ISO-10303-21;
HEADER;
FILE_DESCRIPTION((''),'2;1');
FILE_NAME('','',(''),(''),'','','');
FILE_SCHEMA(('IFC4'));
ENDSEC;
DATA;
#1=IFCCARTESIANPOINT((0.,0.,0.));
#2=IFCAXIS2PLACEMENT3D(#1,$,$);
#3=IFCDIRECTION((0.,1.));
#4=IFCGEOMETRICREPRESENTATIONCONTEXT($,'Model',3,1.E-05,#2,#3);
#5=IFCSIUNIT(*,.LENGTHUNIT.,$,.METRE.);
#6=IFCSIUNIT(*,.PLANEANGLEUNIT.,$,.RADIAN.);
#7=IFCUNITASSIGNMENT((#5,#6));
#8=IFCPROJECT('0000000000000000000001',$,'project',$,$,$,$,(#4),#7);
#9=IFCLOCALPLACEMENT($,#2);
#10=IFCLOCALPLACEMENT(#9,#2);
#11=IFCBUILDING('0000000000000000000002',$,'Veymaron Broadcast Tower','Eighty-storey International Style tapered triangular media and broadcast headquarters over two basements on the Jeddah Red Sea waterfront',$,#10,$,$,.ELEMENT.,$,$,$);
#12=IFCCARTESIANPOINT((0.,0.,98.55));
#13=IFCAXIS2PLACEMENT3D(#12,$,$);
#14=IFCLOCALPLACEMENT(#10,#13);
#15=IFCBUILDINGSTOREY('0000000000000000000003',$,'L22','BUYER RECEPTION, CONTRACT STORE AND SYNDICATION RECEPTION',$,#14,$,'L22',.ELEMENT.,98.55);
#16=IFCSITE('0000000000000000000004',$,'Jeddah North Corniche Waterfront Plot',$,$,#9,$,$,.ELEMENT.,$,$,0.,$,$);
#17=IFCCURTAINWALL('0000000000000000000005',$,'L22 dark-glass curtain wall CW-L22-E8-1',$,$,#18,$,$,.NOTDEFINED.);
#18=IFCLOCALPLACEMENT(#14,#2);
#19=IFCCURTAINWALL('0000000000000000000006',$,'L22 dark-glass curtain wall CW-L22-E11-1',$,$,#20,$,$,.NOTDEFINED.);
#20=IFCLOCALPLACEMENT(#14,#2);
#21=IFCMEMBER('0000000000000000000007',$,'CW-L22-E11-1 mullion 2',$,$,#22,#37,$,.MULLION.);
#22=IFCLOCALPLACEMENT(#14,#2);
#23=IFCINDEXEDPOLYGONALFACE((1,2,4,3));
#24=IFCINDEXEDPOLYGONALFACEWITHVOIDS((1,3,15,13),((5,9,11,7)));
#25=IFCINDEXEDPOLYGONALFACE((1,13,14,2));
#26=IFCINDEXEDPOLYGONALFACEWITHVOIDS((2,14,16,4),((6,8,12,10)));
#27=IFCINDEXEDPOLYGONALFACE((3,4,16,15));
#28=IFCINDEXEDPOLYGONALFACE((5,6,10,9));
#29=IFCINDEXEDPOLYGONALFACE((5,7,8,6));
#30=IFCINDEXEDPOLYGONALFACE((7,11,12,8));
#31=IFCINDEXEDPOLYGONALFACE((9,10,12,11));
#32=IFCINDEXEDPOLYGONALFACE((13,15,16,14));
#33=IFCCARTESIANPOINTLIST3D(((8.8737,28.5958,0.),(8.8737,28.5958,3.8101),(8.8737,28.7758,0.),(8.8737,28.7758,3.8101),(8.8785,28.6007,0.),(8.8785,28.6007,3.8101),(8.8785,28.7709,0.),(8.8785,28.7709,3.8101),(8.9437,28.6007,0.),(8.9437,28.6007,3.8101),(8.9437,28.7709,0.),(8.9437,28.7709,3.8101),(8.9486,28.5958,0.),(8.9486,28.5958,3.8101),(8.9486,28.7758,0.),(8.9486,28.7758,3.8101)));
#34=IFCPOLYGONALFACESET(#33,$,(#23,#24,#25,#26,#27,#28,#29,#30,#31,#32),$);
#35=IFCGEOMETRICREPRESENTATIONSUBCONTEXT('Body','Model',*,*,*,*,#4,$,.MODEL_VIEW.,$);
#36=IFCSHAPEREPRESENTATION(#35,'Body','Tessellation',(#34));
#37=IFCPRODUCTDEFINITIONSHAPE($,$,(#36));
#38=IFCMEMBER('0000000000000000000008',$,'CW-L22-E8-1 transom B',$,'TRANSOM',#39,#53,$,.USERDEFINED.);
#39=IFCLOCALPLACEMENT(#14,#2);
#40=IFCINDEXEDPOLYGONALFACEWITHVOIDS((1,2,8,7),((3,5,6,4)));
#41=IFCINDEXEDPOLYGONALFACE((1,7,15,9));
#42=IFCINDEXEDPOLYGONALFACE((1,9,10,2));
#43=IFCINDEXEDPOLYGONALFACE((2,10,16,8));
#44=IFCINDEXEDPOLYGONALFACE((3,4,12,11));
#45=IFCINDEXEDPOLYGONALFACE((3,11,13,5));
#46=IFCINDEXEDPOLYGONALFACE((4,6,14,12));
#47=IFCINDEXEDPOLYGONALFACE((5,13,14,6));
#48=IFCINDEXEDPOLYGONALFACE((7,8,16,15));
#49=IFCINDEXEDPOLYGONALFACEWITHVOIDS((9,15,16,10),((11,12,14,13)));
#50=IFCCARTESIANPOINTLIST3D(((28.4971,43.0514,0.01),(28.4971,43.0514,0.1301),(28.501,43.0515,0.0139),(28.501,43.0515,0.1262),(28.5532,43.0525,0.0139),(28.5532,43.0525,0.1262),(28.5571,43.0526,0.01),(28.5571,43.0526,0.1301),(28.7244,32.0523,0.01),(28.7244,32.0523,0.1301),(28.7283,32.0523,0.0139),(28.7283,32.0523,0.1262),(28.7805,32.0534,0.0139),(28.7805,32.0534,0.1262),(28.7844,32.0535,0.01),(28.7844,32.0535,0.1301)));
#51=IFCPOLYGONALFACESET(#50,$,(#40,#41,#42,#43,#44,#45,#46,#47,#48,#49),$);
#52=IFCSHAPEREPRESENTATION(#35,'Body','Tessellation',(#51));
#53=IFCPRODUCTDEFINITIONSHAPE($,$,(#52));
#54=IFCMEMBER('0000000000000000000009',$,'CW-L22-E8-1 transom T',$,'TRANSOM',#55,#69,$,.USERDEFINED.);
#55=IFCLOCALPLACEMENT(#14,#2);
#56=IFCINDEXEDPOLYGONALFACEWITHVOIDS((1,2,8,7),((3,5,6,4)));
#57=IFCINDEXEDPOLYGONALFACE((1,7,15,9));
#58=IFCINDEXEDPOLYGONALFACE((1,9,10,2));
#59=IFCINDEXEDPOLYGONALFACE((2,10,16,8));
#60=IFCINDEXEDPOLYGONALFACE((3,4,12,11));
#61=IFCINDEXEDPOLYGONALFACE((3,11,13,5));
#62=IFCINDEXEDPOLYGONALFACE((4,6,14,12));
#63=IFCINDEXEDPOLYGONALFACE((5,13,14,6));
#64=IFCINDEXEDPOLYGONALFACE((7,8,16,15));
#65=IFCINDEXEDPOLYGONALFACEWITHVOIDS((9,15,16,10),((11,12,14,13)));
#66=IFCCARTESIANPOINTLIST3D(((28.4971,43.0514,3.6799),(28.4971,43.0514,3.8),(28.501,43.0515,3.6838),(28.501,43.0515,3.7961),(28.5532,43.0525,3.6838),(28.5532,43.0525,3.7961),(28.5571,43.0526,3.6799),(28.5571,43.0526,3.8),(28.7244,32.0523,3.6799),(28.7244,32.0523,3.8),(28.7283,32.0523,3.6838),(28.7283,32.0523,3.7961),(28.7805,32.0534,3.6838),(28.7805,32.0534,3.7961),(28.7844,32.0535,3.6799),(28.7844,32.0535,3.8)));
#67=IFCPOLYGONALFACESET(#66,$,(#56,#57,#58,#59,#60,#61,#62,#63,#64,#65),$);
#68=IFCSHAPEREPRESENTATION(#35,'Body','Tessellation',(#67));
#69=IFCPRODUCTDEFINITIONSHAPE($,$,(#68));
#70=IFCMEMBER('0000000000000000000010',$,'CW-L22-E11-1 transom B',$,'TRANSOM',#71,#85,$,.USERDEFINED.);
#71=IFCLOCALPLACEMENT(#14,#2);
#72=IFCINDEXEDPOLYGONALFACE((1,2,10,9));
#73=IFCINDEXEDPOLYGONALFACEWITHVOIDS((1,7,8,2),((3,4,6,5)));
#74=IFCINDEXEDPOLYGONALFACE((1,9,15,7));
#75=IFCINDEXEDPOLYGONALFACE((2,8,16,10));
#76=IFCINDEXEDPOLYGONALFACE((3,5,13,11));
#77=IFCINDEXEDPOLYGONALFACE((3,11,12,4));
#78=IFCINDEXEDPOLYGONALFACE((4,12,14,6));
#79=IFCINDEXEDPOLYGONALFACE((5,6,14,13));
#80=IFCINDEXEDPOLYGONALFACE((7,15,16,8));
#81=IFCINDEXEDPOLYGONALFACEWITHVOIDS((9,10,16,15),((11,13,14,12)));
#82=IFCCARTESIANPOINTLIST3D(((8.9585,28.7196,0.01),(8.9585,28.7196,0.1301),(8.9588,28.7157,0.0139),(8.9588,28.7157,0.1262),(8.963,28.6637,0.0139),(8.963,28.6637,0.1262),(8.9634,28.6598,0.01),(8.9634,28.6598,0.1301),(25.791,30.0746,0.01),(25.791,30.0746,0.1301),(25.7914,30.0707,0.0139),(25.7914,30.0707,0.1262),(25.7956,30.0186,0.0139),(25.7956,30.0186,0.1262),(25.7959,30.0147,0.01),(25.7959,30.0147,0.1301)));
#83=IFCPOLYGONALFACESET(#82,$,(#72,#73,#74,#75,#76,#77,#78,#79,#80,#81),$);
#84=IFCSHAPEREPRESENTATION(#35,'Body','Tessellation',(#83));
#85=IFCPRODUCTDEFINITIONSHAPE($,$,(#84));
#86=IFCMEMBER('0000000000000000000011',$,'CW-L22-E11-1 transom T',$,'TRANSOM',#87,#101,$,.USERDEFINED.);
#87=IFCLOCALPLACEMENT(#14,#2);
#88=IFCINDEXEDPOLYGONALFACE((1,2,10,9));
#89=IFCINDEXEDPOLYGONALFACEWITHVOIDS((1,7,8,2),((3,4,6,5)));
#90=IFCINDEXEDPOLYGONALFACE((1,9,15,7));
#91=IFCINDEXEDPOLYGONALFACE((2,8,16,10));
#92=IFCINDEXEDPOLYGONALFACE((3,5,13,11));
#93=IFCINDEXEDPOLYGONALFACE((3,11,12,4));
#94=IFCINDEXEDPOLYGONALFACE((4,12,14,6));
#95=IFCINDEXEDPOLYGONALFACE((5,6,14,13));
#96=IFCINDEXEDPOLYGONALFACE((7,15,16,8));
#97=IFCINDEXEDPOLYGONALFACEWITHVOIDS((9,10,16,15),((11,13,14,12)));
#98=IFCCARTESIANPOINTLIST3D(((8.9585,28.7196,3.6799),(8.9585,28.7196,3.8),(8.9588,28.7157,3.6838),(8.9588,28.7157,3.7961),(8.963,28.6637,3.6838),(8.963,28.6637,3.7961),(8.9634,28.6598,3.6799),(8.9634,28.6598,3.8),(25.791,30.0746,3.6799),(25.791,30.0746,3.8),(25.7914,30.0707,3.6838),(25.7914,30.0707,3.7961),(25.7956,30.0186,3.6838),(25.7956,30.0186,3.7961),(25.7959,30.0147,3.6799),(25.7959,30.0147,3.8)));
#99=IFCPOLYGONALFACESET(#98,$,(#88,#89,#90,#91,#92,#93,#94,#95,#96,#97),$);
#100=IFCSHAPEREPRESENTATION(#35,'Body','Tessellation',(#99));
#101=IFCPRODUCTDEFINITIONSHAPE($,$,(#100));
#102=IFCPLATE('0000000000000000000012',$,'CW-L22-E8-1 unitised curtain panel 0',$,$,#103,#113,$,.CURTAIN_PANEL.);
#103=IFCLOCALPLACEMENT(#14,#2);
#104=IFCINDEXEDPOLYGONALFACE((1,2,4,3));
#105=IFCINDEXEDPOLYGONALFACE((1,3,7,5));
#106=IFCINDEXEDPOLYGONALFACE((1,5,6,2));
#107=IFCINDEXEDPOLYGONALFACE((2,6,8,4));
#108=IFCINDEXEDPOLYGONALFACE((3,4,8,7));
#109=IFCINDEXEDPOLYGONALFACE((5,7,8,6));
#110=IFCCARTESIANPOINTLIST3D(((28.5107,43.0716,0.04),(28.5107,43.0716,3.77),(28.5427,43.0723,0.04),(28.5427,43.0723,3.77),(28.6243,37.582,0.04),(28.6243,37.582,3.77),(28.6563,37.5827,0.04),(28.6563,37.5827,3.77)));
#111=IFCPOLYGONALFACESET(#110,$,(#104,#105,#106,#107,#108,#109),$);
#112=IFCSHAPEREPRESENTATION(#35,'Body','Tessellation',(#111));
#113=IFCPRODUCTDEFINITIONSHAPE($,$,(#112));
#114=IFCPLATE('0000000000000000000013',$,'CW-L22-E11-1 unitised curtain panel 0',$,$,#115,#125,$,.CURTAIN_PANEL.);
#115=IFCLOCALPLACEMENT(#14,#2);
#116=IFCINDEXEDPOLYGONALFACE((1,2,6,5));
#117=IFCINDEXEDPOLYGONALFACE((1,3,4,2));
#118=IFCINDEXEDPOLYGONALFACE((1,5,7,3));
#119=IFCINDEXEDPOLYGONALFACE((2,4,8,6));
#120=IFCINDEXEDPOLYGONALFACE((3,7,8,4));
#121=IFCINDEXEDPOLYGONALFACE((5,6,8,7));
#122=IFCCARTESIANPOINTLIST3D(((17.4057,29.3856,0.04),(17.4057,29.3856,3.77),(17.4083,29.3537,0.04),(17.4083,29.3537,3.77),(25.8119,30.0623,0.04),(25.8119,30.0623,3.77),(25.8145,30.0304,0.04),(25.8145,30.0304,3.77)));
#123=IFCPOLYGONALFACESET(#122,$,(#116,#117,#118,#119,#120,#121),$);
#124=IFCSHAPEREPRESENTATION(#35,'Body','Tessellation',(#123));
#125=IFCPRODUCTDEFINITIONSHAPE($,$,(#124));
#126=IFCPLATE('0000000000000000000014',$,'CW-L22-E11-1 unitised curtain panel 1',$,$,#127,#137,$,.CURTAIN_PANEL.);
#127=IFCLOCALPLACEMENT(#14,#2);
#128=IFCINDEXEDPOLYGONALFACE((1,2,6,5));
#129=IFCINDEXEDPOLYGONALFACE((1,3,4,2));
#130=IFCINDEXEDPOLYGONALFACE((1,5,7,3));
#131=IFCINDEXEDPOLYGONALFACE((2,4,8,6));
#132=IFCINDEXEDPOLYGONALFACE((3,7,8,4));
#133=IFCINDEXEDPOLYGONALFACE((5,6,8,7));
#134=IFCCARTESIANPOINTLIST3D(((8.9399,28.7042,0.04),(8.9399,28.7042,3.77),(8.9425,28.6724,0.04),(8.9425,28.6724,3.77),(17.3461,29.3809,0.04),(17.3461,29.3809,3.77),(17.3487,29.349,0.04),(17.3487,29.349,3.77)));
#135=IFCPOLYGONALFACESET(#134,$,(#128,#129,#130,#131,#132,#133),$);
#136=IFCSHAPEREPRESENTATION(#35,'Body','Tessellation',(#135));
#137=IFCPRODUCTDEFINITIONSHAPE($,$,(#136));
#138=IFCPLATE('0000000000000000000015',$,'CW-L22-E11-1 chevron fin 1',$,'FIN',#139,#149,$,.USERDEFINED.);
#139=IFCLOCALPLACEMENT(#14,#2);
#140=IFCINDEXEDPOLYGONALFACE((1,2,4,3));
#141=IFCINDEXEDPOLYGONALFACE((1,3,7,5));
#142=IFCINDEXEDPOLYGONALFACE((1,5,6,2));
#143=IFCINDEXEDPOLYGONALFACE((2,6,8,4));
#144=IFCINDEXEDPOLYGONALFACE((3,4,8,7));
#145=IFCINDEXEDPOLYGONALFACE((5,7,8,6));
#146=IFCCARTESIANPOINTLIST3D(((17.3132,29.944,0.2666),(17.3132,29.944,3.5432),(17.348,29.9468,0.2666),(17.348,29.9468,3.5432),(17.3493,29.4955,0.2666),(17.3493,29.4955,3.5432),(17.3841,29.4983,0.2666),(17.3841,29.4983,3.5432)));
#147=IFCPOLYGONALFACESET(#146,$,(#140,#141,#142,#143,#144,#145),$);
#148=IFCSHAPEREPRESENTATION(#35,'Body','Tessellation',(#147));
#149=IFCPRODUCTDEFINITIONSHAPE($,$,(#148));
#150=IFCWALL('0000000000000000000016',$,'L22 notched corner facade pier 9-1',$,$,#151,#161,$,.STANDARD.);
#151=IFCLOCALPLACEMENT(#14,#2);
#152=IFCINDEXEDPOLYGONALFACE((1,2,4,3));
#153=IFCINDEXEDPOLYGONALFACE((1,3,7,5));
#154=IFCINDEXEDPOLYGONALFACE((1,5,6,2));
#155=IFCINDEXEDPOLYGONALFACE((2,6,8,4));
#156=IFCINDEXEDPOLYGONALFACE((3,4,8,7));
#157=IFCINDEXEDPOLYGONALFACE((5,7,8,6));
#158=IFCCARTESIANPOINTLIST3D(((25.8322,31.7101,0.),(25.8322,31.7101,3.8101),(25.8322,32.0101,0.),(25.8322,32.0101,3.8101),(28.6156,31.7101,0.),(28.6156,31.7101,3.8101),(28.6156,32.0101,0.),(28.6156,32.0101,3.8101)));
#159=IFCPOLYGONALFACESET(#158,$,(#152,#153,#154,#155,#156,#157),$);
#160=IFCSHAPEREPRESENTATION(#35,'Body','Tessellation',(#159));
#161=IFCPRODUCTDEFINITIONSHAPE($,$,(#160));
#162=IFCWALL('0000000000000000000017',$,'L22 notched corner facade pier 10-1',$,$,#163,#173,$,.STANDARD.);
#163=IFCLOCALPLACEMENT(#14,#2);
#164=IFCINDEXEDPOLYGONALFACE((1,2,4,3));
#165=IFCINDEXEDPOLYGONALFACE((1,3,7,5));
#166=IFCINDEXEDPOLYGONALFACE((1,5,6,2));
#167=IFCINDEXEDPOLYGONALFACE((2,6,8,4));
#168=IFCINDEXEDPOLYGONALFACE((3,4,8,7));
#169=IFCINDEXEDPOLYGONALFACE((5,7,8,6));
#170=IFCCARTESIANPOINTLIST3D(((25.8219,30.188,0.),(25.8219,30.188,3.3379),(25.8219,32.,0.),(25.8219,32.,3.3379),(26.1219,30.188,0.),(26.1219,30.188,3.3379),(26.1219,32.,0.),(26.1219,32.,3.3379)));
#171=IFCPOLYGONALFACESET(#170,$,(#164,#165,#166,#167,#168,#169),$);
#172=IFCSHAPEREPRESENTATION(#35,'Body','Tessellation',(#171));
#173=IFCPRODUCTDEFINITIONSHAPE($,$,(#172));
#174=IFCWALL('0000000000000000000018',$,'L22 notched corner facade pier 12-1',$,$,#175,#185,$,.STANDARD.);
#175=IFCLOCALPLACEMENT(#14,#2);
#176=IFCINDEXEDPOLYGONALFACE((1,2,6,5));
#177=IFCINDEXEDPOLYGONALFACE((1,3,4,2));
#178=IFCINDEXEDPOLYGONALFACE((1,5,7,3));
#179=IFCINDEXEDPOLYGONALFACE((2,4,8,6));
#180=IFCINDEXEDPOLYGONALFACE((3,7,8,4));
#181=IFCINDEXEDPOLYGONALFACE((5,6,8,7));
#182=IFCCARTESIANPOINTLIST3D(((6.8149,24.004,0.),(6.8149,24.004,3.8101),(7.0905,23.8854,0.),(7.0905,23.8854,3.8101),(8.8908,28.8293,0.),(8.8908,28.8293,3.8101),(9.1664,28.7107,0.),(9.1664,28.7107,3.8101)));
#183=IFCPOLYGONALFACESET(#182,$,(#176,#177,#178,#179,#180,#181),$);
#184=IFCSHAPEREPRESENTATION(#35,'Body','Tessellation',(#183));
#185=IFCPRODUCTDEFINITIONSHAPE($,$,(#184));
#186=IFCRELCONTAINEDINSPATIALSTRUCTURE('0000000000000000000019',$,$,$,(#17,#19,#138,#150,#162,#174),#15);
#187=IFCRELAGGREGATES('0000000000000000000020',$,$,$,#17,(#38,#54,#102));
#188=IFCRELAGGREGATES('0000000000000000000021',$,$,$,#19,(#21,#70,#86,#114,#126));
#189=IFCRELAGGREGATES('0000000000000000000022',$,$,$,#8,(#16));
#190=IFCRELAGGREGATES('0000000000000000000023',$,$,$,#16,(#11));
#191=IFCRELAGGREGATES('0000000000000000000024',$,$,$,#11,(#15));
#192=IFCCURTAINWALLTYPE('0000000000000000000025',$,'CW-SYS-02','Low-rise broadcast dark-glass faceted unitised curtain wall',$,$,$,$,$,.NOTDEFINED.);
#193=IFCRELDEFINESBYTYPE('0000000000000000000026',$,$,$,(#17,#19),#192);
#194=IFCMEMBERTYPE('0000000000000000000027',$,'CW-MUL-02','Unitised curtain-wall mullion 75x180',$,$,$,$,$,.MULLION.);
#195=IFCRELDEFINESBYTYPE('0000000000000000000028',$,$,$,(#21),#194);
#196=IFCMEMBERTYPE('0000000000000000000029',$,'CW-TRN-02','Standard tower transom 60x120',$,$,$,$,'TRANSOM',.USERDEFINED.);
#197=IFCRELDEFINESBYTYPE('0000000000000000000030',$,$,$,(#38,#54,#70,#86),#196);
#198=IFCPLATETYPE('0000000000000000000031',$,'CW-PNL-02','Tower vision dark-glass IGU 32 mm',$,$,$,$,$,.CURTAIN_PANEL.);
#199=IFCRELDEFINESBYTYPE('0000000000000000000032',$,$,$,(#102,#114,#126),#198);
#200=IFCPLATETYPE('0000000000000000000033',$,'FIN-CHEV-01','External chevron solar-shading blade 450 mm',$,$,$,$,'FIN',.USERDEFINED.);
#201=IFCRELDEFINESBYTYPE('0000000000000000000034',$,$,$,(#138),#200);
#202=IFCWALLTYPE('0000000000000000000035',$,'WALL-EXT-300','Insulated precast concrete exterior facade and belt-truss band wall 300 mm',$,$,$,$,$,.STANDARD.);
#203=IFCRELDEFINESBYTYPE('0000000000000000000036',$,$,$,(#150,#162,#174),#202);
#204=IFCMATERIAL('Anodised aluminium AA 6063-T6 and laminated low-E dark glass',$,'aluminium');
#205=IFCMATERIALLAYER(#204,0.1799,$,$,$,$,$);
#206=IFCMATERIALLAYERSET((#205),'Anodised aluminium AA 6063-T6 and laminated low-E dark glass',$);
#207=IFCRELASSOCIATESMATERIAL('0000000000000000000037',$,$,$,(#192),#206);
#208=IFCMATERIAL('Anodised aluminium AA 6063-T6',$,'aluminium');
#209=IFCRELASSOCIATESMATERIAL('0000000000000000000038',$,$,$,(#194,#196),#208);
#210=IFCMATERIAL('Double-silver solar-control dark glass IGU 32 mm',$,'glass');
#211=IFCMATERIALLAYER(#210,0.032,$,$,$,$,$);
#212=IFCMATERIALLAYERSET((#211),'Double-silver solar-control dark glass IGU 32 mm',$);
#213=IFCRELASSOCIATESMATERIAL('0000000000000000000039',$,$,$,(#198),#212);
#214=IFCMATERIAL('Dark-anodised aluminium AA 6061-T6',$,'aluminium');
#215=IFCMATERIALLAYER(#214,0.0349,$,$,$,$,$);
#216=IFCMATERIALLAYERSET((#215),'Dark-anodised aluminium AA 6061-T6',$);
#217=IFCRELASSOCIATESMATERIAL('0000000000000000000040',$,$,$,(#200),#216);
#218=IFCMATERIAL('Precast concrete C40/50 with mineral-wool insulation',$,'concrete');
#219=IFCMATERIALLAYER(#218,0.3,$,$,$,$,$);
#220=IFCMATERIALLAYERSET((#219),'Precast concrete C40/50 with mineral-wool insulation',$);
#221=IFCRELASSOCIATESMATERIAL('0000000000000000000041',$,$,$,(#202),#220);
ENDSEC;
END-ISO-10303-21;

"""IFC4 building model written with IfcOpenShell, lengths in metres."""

from ifc_helpers import new_model, si_unit, direction, frame, frame_2d, origin, origin_2d, place, context, subcontext, project, spatial, rectangle, hollow_rectangle, extrude, material, layer, layer_set, material_profile, profile_set, type_object, element, aggregate, save


model = new_model("IFC4")

# Units and contexts
model_context = context("Model", 3, precision=1e-05, world=origin(), true_north=direction((0.0, 1.0)))
body_context = subcontext(model_context, "Body", "Model", "MODEL_VIEW")
ifc_project = project(units=[si_unit("LENGTHUNIT", "METRE"), si_unit("PLANEANGLEUNIT", "RADIAN")], contexts=[model_context])

# Site, building, storey
site_placement = place(None, origin())
site = spatial("IfcSite", under=ifc_project, at=site_placement, Name="Jeddah North Corniche Waterfront Plot", CompositionType="ELEMENT", RefElevation=0.0)
building_placement = place(site_placement, origin())
building = spatial("IfcBuilding", under=site, at=building_placement, Name="Veymaron Broadcast Tower", Description="Eighty-storey International Style tapered triangular media and broadcast headquarters over two basements on the Jeddah Red Sea waterfront", CompositionType="ELEMENT")
storey_placement = place(building_placement, frame((0.0, 0.0, 98.55)))
storey = spatial("IfcBuildingStorey", under=building, at=storey_placement, Name="L22", Description="BUYER RECEPTION, CONTRACT STORE AND SYNDICATION RECEPTION", LongName="L22", CompositionType="ELEMENT", Elevation=98.55)

# Curtain wall
ifc_material_1 = material(Name="Anodised aluminium AA 6063-T6 and laminated low-E dark glass", Category="aluminium")
ifc_layer_1 = layer(ifc_material_1, 0.1799)
ifc_layer_set_1 = layer_set([ifc_layer_1], Name="Anodised aluminium AA 6063-T6 and laminated low-E dark glass")
curtain_wall_type = type_object("IfcCurtainWallType", Name="CW-SYS-02", Description="Low-rise broadcast dark-glass faceted unitised curtain wall", PredefinedType="NOTDEFINED", material=ifc_layer_set_1)
curtain_wall_1_placement = place(storey_placement, origin())
curtain_wall_1 = element("IfcCurtainWall", 1, at=curtain_wall_1_placement, inside=storey, type_object=curtain_wall_type, Name="L22 dark-glass curtain wall CW-L22-E8-1", PredefinedType="NOTDEFINED")
ifc_material_2 = material(Name="Anodised aluminium AA 6063-T6", Category="aluminium")
ifc_material_profile_1 = material_profile(ifc_material_2, hollow_rectangle(XDim=0.075, YDim=0.1799, WallThickness=0.0049, at=origin_2d()), Name="AL180X75X5")
ifc_profile_set_1 = profile_set([ifc_material_profile_1], Name="Anodised aluminium AA 6063-T6")
member_type_1 = type_object("IfcMemberType", Name="CW-MUL-02", Description="Unitised curtain-wall mullion 75x180", PredefinedType="MULLION", material=ifc_profile_set_1)

# Curtain wall, member
curtain_wall_2_placement = place(storey_placement, origin())
curtain_wall_2 = element("IfcCurtainWall", 2, at=curtain_wall_2_placement, inside=storey, type_object=curtain_wall_type, Name="L22 dark-glass curtain wall CW-L22-E11-1", PredefinedType="NOTDEFINED")
member_1_placement = place(storey_placement, frame((8.9111, 28.6858, 0.0), z_axis=(0.0, 0.0, 1.0), x_axis=(1.0, 0.0, 0.0)))
member_1 = element("IfcMember", 3, at=member_1_placement, type_object=member_type_1, Name="CW-L22-E11-1 mullion 2", PredefinedType="MULLION", context=body_context, shape_type="SweptSolid", body=[
    extrude(hollow_rectangle(XDim=0.075, YDim=0.1799, WallThickness=0.0049, at=origin_2d()), origin(), (0.0, 0.0, 1.0), 3.8101),
])

# Members
ifc_material_profile_2 = material_profile(ifc_material_2, hollow_rectangle(XDim=0.0601, YDim=0.1201, WallThickness=0.0039, at=origin_2d()), Name="AL120X60X4")
ifc_profile_set_2 = profile_set([ifc_material_profile_2], Name="Anodised aluminium AA 6063-T6")
member_type_2 = type_object("IfcMemberType", Name="CW-TRN-02", Description="Standard tower transom 60x120", ElementType="TRANSOM", PredefinedType="USERDEFINED", material=ifc_profile_set_2)
member_2_placement = place(storey_placement, frame((28.5271, 43.052, 0.0701), z_axis=(0.020661, -0.999787, 0.0), x_axis=(0.999787, 0.020661, 0.0)))
member_2 = element("IfcMember", 4, at=member_2_placement, type_object=member_type_2, Name="CW-L22-E8-1 transom B", ObjectType="TRANSOM", PredefinedType="USERDEFINED", context=body_context, shape_type="SweptSolid", body=[
    extrude(hollow_rectangle(XDim=0.0601, YDim=0.1201, WallThickness=0.0039, at=origin_2d()), origin(), (0.0, 0.0, 1.0), 11.0015),
])
member_3_placement = place(storey_placement, frame((28.5271, 43.052, 3.74), z_axis=(0.020661, -0.999787, 0.0), x_axis=(0.999787, 0.020661, 0.0)))
member_3 = element("IfcMember", 5, at=member_3_placement, type_object=member_type_2, Name="CW-L22-E8-1 transom T", ObjectType="TRANSOM", PredefinedType="USERDEFINED", context=body_context, shape_type="SweptSolid", body=[
    extrude(hollow_rectangle(XDim=0.0601, YDim=0.1201, WallThickness=0.0039, at=origin_2d()), origin(), (0.0, 0.0, 1.0), 11.0015),
])
member_4_placement = place(storey_placement, frame((25.7935, 30.0447, 0.0701), z_axis=(-0.996776, -0.080238, 0.0), x_axis=(0.080238, -0.996776, 0.0)))
member_4 = element("IfcMember", 6, at=member_4_placement, type_object=member_type_2, Name="CW-L22-E11-1 transom B", ObjectType="TRANSOM", PredefinedType="USERDEFINED", context=body_context, shape_type="SweptSolid", body=[
    extrude(hollow_rectangle(XDim=0.0601, YDim=0.1201, WallThickness=0.0039, at=origin_2d()), origin(), (0.0, 0.0, 1.0), 16.887),
])
member_5_placement = place(storey_placement, frame((25.7935, 30.0447, 3.74), z_axis=(-0.996776, -0.080238, 0.0), x_axis=(0.080238, -0.996776, 0.0)))
member_5 = element("IfcMember", 7, at=member_5_placement, type_object=member_type_2, Name="CW-L22-E11-1 transom T", ObjectType="TRANSOM", PredefinedType="USERDEFINED", context=body_context, shape_type="SweptSolid", body=[
    extrude(hollow_rectangle(XDim=0.0601, YDim=0.1201, WallThickness=0.0039, at=origin_2d()), origin(), (0.0, 0.0, 1.0), 16.887),
])

# Plates
ifc_material_3 = material(Name="Double-silver solar-control dark glass IGU 32 mm", Category="glass")
ifc_layer_2 = layer(ifc_material_3, 0.032)
ifc_layer_set_2 = layer_set([ifc_layer_2], Name="Double-silver solar-control dark glass IGU 32 mm")
plate_type_1 = type_object("IfcPlateType", Name="CW-PNL-02", Description="Tower vision dark-glass IGU 32 mm", PredefinedType="CURTAIN_PANEL", material=ifc_layer_set_2)
plate_1_placement = place(storey_placement, frame((28.5835, 40.3271, 0.04), z_axis=(0.0, 0.0, 1.0), x_axis=(0.020681, -0.999786, 0.0)))
plate_1 = element("IfcPlate", 8, at=plate_1_placement, type_object=plate_type_1, Name="CW-L22-E8-1 unitised curtain panel 0", PredefinedType="CURTAIN_PANEL", context=body_context, shape_type="SweptSolid", body=[
    extrude(rectangle(XDim=5.4907, YDim=0.032, at=origin_2d()), origin(), (0.0, 0.0, 1.0), 3.73),
])
aggregate(curtain_wall_1, [member_2, member_3, plate_1])
plate_2_placement = place(storey_placement, frame((21.6101, 29.708, 0.04), z_axis=(0.0, 0.0, 1.0), x_axis=(-0.996776, -0.080234, 0.0)))
plate_2 = element("IfcPlate", 9, at=plate_2_placement, type_object=plate_type_1, Name="CW-L22-E11-1 unitised curtain panel 0", PredefinedType="CURTAIN_PANEL", context=body_context, shape_type="SweptSolid", body=[
    extrude(rectangle(XDim=8.4333, YDim=0.032, at=origin_2d()), origin(), (0.0, 0.0, 1.0), 3.73),
])
plate_3_placement = place(storey_placement, frame((13.1443, 29.0266, 0.04), z_axis=(0.0, 0.0, 1.0), x_axis=(-0.996776, -0.080234, 0.0)))
plate_3 = element("IfcPlate", 10, at=plate_3_placement, type_object=plate_type_1, Name="CW-L22-E11-1 unitised curtain panel 1", PredefinedType="CURTAIN_PANEL", context=body_context, shape_type="SweptSolid", body=[
    extrude(rectangle(XDim=8.4333, YDim=0.032, at=origin_2d()), origin(), (0.0, 0.0, 1.0), 3.73),
])
aggregate(curtain_wall_2, [member_1, member_4, member_5, plate_2, plate_3])
ifc_material_4 = material(Name="Dark-anodised aluminium AA 6061-T6", Category="aluminium")
ifc_layer_3 = layer(ifc_material_4, 0.0349)
ifc_layer_set_3 = layer_set([ifc_layer_3], Name="Dark-anodised aluminium AA 6061-T6")
plate_type_2 = type_object("IfcPlateType", Name="FIN-CHEV-01", Description="External chevron solar-shading blade 450 mm", ElementType="FIN", PredefinedType="USERDEFINED", material=ifc_layer_set_3)
plate_4_placement = place(storey_placement, frame((17.3486, 29.7212, 0.2666), z_axis=(0.0, 0.0, 1.0), x_axis=(-0.080234, 0.996776, 0.0)))
element("IfcPlate", 11, at=plate_4_placement, inside=storey, type_object=plate_type_2, Name="CW-L22-E11-1 chevron fin 1", ObjectType="FIN", PredefinedType="USERDEFINED", context=body_context, shape_type="SweptSolid", body=[
    extrude(rectangle(XDim=0.45, YDim=0.0349, at=origin_2d()), origin(), (0.0, 0.0, 1.0), 3.2766),
])

# Walls
ifc_material_5 = material(Name="Precast concrete C40/50 with mineral-wool insulation", Category="concrete")
ifc_layer_4 = layer(ifc_material_5, 0.3)
ifc_layer_set_4 = layer_set([ifc_layer_4], Name="Precast concrete C40/50 with mineral-wool insulation")
wall_type_1 = type_object("IfcWallType", Name="WALL-EXT-300", Description="Insulated precast concrete exterior facade and belt-truss band wall 300 mm", PredefinedType="STANDARD", material=ifc_layer_set_4)
wall_1_placement = place(storey_placement, frame((28.6155, 31.8601, 0.0), z_axis=(0.0, 0.0, 1.0), x_axis=(-1.0, 0.0, 0.0)))
element("IfcWall", 12, at=wall_1_placement, inside=storey, type_object=wall_type_1, Name="L22 notched corner facade pier 9-1", PredefinedType="STANDARD", context=body_context, shape_type="SweptSolid", body=[
    extrude(rectangle(XDim=2.7834, YDim=0.3, at=frame_2d((1.3916, 0.0))), origin(), (0.0, 0.0, 1.0), 3.8101),
])
wall_2_placement = place(storey_placement, frame((25.9719, 32.0, 0.0), z_axis=(0.0, 0.0, 1.0), x_axis=(0.0, -1.0, 0.0)))
element("IfcWall", 13, at=wall_2_placement, inside=storey, type_object=wall_type_1, Name="L22 notched corner facade pier 10-1", PredefinedType="STANDARD", context=body_context, shape_type="SweptSolid", body=[
    extrude(rectangle(XDim=1.812, YDim=0.3, at=frame_2d((0.906, 0.0))), origin(), (0.0, 0.0, 1.0), 3.3379),
])
for number, where, z_axis, x_axis, name in (
    (14, (9.0286, 28.77, 0.0), (0.0, 0.0, 1.0), (-0.395187, -0.918601, 0.0), "L22 notched corner facade pier 12-1"),
):
    element("IfcWall", number, at=place(storey_placement, frame(where, z_axis=z_axis, x_axis=x_axis)), inside=storey, type_object=wall_type_1, Name=name, PredefinedType="STANDARD", context=body_context, shape_type="SweptSolid", body=[
        extrude(rectangle(XDim=5.2529, YDim=0.3, at=frame_2d((2.6265, 0.0))), origin(), (0.0, 0.0, 1.0), 3.8101),
    ])

save(model, "model.ifc")
